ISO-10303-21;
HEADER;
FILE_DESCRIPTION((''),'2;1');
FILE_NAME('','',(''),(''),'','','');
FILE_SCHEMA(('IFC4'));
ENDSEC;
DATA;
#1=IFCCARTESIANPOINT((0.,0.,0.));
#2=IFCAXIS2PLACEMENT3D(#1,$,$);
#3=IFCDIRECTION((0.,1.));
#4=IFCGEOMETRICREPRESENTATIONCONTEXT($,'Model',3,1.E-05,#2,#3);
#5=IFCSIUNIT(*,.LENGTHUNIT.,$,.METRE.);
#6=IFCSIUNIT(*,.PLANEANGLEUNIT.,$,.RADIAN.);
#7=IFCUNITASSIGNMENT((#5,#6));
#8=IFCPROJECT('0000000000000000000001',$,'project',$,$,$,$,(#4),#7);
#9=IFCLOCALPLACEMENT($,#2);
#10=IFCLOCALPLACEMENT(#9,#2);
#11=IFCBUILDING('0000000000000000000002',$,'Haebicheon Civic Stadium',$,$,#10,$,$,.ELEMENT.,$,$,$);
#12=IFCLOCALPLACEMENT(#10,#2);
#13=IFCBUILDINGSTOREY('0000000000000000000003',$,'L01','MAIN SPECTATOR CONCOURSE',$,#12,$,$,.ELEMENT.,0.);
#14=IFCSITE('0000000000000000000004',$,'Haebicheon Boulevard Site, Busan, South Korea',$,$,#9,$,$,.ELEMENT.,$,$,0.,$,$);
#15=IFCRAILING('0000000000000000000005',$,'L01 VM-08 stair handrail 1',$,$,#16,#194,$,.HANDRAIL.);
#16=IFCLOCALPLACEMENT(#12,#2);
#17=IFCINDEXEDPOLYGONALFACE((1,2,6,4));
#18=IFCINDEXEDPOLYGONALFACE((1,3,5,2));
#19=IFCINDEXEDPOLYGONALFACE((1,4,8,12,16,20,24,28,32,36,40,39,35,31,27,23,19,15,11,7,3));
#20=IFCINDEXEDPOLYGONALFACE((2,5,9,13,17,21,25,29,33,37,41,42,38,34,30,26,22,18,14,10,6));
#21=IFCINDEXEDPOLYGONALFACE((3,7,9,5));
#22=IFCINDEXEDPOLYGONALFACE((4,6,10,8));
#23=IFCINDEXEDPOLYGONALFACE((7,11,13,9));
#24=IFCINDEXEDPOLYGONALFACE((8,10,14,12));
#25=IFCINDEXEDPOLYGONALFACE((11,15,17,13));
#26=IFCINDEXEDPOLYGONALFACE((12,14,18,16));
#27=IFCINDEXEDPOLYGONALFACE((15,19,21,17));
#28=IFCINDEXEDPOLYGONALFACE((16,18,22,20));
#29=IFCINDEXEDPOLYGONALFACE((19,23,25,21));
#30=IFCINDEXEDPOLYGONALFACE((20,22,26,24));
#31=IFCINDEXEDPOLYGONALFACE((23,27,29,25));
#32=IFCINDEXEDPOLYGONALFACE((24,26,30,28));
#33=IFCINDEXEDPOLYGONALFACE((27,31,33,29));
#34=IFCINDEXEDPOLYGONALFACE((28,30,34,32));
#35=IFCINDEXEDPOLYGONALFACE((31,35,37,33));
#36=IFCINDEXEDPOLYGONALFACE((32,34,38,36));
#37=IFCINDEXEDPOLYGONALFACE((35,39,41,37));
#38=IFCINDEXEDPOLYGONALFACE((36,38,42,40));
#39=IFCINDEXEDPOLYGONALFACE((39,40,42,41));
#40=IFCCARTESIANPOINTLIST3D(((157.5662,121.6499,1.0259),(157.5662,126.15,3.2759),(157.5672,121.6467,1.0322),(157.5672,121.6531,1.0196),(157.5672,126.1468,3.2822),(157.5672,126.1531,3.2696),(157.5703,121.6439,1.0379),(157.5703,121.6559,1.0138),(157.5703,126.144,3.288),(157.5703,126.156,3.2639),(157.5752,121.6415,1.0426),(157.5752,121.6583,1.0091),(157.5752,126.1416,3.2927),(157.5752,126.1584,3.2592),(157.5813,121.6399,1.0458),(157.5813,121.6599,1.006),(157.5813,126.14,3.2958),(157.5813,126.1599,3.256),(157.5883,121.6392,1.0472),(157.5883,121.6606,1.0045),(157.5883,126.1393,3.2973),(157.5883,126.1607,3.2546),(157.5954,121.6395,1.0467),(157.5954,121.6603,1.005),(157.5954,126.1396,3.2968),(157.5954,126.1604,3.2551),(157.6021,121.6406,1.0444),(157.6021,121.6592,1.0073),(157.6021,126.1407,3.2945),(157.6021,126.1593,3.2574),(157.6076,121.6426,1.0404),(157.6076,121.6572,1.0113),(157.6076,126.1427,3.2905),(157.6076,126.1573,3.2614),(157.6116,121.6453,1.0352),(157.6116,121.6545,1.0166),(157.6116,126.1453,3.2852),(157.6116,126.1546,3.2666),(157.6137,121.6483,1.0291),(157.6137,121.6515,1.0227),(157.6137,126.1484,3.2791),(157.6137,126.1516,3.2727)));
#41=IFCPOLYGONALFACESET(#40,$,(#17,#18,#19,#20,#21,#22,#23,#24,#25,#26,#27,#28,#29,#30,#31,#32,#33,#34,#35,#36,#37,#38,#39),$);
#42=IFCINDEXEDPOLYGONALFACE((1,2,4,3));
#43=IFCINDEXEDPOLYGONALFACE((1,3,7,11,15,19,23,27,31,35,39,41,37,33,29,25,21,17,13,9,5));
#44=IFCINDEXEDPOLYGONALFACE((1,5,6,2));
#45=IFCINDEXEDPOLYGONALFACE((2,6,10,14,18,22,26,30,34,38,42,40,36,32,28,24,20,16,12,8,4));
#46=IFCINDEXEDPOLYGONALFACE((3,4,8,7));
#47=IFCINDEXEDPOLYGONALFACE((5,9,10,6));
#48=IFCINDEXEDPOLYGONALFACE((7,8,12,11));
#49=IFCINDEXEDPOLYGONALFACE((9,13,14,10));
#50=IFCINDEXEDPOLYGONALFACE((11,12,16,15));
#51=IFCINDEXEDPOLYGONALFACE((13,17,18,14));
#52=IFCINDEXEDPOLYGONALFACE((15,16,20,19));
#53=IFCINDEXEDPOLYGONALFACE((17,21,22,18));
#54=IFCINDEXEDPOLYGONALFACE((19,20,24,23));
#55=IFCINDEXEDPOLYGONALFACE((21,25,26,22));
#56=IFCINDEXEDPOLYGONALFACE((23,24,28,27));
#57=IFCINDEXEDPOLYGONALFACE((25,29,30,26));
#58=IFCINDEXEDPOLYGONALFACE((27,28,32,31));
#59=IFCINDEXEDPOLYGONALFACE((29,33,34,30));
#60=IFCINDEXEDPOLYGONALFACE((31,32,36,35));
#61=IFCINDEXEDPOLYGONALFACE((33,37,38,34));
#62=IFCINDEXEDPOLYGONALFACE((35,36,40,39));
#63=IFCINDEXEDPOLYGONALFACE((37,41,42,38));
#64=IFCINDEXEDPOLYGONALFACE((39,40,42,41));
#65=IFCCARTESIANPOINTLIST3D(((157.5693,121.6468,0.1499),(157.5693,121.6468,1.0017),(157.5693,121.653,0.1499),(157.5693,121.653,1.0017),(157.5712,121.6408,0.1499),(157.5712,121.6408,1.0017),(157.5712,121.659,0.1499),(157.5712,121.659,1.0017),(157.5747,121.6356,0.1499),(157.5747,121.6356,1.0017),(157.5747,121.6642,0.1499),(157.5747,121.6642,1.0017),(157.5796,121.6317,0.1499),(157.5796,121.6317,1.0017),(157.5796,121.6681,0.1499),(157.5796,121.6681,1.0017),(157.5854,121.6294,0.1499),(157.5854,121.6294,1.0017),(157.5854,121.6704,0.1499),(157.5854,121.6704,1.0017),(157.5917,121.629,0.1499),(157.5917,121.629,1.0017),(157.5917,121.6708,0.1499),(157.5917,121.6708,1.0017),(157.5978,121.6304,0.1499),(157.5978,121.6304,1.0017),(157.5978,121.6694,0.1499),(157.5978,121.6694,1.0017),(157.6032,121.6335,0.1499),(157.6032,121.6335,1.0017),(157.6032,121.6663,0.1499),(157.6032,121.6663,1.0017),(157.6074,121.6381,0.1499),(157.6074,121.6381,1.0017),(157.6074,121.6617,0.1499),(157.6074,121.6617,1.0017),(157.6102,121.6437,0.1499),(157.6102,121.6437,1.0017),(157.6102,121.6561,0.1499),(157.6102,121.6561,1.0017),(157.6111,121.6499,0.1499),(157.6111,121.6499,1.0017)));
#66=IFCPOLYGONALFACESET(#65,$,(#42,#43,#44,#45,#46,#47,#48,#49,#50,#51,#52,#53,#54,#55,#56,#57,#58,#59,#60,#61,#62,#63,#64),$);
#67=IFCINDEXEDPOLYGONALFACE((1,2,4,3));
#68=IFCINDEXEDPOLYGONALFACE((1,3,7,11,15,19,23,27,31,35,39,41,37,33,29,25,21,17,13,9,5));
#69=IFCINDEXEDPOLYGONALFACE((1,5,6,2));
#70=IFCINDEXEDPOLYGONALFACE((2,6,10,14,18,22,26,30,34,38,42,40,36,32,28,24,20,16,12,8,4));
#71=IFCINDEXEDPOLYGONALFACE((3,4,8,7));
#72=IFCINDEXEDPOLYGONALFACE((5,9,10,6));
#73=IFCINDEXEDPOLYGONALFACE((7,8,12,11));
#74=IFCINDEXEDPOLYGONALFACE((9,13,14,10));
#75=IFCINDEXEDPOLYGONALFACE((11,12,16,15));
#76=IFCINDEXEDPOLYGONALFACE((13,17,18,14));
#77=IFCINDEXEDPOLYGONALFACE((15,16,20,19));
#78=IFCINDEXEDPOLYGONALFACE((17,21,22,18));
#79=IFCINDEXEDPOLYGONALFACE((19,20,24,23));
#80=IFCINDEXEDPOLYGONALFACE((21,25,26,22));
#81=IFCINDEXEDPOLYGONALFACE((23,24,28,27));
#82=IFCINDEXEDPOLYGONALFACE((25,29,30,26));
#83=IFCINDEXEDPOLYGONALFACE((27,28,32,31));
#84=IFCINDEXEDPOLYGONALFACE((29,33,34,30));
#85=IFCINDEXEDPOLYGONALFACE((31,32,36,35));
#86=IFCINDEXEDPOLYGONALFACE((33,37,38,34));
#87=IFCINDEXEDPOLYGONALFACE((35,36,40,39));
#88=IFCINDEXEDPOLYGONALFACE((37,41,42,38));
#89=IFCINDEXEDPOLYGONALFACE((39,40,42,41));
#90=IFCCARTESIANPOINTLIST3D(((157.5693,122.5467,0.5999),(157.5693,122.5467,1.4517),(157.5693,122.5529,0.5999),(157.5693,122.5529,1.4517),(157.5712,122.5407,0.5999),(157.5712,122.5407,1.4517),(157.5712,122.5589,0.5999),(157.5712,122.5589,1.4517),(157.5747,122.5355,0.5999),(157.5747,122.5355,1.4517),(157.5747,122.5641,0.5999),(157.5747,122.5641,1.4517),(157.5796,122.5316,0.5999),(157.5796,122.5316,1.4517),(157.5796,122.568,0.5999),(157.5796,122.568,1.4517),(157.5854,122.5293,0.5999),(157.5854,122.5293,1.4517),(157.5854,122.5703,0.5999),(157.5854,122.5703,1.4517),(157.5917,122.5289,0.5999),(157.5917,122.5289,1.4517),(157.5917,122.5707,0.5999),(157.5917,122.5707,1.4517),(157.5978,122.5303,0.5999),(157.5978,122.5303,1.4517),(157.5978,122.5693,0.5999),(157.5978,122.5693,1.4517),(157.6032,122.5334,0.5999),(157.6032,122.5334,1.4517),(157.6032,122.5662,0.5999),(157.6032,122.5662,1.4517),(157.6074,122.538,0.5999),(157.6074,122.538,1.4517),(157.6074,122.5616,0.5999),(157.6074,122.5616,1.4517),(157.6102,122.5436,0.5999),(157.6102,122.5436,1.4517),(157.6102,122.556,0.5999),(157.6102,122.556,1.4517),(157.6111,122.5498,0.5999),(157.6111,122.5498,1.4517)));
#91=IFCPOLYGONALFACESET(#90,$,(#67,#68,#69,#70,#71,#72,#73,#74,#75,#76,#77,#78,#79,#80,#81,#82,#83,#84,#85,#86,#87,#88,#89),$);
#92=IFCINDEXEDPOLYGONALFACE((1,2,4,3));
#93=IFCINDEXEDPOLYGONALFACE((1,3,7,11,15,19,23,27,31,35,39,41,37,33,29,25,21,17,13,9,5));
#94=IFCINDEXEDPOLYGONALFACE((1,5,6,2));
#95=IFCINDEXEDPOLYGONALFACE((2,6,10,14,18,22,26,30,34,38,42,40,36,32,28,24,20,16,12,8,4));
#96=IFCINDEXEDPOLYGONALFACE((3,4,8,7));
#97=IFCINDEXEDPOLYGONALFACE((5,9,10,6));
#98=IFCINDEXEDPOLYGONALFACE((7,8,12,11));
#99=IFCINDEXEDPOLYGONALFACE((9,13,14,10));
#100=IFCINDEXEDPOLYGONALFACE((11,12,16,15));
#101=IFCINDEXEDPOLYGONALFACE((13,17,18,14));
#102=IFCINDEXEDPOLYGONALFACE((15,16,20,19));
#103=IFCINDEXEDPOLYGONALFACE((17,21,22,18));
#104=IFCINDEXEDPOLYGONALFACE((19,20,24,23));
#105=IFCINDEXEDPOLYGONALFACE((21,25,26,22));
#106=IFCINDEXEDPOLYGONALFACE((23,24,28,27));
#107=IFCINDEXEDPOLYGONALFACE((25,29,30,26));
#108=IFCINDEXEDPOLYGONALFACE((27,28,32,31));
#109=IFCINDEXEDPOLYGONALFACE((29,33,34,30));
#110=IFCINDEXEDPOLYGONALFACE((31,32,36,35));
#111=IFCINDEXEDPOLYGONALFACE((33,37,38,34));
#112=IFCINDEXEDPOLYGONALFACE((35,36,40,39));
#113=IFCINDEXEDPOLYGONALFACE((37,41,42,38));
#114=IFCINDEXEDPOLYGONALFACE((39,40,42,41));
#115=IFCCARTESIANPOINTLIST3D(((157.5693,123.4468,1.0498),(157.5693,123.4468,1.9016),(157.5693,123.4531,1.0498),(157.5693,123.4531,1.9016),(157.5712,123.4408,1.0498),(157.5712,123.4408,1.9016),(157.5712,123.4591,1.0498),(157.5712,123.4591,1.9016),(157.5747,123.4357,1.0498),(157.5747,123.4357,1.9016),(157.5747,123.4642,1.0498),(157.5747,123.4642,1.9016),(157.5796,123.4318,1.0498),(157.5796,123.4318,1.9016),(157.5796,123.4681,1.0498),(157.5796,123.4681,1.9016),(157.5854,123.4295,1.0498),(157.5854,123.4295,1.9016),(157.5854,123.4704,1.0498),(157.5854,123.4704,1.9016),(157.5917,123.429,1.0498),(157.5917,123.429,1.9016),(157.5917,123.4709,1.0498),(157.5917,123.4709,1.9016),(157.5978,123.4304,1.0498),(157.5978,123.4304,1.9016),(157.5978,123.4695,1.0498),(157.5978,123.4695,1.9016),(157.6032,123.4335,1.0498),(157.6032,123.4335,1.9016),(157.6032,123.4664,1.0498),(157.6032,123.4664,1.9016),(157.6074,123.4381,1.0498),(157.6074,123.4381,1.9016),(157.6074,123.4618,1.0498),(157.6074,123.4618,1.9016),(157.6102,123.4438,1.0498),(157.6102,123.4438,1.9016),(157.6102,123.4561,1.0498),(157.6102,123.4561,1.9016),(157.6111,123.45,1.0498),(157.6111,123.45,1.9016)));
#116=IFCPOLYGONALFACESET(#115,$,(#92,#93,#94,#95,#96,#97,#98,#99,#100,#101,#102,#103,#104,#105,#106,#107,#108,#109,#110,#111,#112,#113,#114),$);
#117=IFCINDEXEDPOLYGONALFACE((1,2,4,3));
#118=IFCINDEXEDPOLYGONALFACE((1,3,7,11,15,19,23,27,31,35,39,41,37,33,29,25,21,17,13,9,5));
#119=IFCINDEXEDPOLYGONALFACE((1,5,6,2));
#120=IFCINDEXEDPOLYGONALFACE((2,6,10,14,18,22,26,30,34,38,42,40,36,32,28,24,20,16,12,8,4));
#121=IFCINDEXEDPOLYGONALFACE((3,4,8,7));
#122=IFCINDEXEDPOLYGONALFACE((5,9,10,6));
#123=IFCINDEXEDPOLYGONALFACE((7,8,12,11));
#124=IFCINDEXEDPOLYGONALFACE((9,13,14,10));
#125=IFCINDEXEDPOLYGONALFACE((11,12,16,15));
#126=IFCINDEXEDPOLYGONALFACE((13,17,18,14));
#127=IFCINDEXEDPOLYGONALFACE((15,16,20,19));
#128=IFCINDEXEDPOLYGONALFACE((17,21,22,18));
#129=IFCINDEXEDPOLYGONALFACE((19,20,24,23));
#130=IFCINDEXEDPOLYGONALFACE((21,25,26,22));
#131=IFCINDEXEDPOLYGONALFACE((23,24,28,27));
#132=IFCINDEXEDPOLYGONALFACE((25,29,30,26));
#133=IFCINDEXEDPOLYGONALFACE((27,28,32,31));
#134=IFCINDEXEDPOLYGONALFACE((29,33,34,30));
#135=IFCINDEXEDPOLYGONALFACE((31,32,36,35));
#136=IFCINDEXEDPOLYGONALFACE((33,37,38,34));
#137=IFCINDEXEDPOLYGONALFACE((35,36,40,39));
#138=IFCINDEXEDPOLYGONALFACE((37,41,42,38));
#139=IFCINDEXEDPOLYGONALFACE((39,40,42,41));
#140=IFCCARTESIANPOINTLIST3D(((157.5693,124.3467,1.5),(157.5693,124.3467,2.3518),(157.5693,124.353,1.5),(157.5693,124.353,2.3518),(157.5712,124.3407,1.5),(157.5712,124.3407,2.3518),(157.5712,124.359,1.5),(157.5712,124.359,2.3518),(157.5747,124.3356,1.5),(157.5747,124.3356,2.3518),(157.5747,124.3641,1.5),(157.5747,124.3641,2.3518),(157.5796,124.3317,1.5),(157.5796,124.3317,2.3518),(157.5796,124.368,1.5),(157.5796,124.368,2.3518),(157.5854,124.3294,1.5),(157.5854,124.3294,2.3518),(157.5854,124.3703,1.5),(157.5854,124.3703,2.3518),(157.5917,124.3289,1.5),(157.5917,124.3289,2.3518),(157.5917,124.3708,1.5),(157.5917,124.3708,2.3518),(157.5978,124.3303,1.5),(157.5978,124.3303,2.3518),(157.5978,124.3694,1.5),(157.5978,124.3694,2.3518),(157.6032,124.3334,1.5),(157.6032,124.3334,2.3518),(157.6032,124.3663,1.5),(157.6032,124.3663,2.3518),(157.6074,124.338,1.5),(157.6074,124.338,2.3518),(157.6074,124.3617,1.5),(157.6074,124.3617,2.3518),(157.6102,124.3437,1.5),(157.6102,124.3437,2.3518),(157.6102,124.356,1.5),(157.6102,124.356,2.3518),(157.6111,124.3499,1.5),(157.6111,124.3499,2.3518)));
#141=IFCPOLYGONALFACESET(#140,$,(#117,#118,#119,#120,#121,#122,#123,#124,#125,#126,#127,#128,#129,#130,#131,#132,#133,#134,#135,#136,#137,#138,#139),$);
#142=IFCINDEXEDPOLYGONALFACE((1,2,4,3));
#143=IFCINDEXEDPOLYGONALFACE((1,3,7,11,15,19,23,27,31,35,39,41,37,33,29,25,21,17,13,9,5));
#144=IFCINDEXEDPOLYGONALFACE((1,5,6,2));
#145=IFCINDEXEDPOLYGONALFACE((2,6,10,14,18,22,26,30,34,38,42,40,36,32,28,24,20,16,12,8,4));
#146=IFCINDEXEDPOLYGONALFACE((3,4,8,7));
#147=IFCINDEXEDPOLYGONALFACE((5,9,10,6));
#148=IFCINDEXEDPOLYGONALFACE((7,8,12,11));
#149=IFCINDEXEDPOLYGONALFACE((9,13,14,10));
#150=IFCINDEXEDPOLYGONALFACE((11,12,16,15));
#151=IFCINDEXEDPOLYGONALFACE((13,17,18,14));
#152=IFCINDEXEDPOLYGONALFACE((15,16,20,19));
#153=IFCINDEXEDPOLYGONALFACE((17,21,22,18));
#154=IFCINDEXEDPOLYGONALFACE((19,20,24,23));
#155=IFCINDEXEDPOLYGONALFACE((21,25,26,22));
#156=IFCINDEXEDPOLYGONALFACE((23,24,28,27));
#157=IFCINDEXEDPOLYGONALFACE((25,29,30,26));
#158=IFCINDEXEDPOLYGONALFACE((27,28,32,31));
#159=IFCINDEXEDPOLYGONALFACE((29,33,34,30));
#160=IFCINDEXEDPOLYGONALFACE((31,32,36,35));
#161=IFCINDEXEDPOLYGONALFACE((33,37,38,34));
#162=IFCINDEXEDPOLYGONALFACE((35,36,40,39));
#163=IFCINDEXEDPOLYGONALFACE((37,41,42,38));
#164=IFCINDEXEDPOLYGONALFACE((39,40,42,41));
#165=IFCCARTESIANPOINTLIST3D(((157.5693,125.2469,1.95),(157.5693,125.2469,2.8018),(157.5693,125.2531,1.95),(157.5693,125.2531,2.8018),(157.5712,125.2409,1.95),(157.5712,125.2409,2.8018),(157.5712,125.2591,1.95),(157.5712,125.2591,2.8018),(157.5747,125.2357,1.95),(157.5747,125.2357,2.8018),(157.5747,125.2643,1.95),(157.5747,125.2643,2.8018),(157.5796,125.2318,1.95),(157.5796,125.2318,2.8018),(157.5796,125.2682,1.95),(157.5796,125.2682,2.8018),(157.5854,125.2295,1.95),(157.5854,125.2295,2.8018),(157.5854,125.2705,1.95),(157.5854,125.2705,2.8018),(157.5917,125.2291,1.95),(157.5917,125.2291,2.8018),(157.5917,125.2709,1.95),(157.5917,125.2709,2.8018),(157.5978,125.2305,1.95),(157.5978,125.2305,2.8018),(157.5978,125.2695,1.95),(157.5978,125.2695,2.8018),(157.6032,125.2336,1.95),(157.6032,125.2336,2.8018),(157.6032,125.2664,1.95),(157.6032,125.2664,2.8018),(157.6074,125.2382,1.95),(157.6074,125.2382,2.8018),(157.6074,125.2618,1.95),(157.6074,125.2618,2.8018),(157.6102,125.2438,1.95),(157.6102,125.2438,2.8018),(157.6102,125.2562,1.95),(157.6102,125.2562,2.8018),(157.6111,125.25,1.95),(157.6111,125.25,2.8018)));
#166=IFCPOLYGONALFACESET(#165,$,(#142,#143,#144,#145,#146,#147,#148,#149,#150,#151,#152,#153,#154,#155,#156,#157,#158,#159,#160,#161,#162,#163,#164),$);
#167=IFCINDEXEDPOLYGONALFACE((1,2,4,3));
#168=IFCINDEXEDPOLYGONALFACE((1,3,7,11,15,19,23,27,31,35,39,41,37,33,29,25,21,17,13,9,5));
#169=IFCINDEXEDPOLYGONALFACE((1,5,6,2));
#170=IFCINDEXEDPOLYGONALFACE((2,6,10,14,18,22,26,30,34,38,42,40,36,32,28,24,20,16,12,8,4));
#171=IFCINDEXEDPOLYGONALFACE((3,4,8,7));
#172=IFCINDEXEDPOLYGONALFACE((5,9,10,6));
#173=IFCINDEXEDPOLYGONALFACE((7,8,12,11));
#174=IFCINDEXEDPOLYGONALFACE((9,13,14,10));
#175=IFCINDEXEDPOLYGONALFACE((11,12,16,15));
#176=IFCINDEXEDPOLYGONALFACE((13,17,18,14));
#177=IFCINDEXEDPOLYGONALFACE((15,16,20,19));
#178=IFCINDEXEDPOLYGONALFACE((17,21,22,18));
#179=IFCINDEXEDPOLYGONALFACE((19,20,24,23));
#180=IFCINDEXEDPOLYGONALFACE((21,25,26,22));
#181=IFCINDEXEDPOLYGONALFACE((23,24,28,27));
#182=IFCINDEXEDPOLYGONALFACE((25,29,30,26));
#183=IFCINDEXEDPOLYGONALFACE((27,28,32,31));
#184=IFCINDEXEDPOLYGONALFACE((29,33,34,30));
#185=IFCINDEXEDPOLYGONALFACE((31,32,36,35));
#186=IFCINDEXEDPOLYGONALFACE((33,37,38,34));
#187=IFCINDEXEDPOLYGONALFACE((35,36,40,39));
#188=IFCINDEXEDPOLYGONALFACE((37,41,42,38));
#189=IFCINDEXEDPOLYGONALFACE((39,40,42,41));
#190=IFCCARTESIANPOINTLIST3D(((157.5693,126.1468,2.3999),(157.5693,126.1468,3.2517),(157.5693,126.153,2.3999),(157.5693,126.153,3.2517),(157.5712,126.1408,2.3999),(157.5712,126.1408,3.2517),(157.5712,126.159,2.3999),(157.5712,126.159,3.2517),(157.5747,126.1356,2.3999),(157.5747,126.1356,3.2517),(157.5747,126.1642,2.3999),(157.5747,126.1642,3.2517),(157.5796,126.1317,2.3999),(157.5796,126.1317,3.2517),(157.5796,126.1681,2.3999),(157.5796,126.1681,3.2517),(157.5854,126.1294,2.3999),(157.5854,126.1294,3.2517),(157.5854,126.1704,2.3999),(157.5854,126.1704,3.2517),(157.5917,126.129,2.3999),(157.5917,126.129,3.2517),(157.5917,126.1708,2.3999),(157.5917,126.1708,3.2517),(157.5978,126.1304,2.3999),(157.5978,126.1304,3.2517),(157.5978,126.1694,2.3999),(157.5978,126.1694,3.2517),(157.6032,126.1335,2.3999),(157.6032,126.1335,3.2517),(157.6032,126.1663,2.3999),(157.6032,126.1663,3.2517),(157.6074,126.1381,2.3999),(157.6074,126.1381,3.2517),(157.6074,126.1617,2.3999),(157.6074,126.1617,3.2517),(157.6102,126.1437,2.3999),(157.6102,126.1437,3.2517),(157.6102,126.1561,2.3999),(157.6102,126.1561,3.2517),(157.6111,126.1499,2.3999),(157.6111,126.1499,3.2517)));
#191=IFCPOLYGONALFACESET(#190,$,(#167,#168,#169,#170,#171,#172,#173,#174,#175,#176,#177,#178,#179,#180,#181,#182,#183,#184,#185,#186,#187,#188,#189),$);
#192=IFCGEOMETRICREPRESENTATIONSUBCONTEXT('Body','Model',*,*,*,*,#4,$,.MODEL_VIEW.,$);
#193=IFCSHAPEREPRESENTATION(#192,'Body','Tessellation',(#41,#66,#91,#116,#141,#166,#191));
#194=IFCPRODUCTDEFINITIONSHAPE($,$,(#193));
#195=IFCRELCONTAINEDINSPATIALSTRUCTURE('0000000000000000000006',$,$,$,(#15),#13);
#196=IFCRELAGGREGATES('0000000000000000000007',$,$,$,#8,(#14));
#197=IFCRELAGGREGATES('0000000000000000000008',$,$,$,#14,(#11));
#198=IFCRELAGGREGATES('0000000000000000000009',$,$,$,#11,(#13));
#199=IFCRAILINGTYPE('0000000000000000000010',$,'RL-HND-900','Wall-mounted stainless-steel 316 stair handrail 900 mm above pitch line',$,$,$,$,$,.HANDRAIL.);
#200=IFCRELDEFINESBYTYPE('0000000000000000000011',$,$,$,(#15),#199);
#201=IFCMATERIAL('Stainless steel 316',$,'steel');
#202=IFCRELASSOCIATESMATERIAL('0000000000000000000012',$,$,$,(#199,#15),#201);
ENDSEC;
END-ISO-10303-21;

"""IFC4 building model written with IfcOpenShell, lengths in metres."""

from ifc_helpers import new_model, si_unit, direction, frame, origin, origin_2d, place, context, subcontext, project, spatial, circle, extrude, material, type_object, element, save


model = new_model("IFC4")

# Units and contexts
model_context = context("Model", 3, precision=1e-05, world=origin(), true_north=direction((0.0, 1.0)))
body_context = subcontext(model_context, "Body", "Model", "MODEL_VIEW")
ifc_project = project(units=[si_unit("LENGTHUNIT", "METRE"), si_unit("PLANEANGLEUNIT", "RADIAN")], contexts=[model_context])

# Site, building, storey
site_placement = place(None, origin())
site = spatial("IfcSite", under=ifc_project, at=site_placement, Name="Haebicheon Boulevard Site, Busan, South Korea", CompositionType="ELEMENT", RefElevation=0.0)
building_placement = place(site_placement, origin())
building = spatial("IfcBuilding", under=site, at=building_placement, Name="Haebicheon Civic Stadium", CompositionType="ELEMENT")
storey_placement = place(building_placement, origin())
storey = spatial("IfcBuildingStorey", under=building, at=storey_placement, Name="L01", Description="MAIN SPECTATOR CONCOURSE", CompositionType="ELEMENT", Elevation=0.0)

# Railing
ifc_material_1 = material(Name="Stainless steel 316", Category="steel")
railing_type_1 = type_object("IfcRailingType", Name="RL-HND-900", Description="Wall-mounted stainless-steel 316 stair handrail 900 mm above pitch line", PredefinedType="HANDRAIL", material=ifc_material_1)
railing_1_placement = place(storey_placement, frame((157.5901, 121.6499, 0.1499)))
element("IfcRailing", 1, at=railing_1_placement, inside=storey, type_object=railing_type_1, material=ifc_material_1, Name="L01 VM-08 stair handrail 1", PredefinedType="HANDRAIL", context=body_context, shape_type="SweptSolid", body=[
    extrude(circle(Radius=0.0239, at=origin_2d()), frame((0.0, 0.0, 0.876), z_axis=(0.0, 0.894427, 0.447214), x_axis=(-1.0, 0.0, 0.0)), (0.0, 0.0, 1.0), 5.0312),
    extrude(circle(Radius=0.021, at=origin_2d()), origin(), (0.0, 0.0, 1.0), 0.8518),
    extrude(circle(Radius=0.021, at=origin_2d()), frame((0.0, 0.8999, 0.45)), (0.0, 0.0, 1.0), 0.8518),
    extrude(circle(Radius=0.021, at=origin_2d()), frame((0.0, 1.8, 0.8999)), (0.0, 0.0, 1.0), 0.8518),
    extrude(circle(Radius=0.021, at=origin_2d()), frame((0.0, 2.7, 1.3501)), (0.0, 0.0, 1.0), 0.8518),
    extrude(circle(Radius=0.021, at=origin_2d()), frame((0.0, 3.6001, 1.8)), (0.0, 0.0, 1.0), 0.8518),
    extrude(circle(Radius=0.021, at=origin_2d()), frame((0.0, 4.5, 2.25)), (0.0, 0.0, 1.0), 0.8518),
])

save(model, "model.ifc")
